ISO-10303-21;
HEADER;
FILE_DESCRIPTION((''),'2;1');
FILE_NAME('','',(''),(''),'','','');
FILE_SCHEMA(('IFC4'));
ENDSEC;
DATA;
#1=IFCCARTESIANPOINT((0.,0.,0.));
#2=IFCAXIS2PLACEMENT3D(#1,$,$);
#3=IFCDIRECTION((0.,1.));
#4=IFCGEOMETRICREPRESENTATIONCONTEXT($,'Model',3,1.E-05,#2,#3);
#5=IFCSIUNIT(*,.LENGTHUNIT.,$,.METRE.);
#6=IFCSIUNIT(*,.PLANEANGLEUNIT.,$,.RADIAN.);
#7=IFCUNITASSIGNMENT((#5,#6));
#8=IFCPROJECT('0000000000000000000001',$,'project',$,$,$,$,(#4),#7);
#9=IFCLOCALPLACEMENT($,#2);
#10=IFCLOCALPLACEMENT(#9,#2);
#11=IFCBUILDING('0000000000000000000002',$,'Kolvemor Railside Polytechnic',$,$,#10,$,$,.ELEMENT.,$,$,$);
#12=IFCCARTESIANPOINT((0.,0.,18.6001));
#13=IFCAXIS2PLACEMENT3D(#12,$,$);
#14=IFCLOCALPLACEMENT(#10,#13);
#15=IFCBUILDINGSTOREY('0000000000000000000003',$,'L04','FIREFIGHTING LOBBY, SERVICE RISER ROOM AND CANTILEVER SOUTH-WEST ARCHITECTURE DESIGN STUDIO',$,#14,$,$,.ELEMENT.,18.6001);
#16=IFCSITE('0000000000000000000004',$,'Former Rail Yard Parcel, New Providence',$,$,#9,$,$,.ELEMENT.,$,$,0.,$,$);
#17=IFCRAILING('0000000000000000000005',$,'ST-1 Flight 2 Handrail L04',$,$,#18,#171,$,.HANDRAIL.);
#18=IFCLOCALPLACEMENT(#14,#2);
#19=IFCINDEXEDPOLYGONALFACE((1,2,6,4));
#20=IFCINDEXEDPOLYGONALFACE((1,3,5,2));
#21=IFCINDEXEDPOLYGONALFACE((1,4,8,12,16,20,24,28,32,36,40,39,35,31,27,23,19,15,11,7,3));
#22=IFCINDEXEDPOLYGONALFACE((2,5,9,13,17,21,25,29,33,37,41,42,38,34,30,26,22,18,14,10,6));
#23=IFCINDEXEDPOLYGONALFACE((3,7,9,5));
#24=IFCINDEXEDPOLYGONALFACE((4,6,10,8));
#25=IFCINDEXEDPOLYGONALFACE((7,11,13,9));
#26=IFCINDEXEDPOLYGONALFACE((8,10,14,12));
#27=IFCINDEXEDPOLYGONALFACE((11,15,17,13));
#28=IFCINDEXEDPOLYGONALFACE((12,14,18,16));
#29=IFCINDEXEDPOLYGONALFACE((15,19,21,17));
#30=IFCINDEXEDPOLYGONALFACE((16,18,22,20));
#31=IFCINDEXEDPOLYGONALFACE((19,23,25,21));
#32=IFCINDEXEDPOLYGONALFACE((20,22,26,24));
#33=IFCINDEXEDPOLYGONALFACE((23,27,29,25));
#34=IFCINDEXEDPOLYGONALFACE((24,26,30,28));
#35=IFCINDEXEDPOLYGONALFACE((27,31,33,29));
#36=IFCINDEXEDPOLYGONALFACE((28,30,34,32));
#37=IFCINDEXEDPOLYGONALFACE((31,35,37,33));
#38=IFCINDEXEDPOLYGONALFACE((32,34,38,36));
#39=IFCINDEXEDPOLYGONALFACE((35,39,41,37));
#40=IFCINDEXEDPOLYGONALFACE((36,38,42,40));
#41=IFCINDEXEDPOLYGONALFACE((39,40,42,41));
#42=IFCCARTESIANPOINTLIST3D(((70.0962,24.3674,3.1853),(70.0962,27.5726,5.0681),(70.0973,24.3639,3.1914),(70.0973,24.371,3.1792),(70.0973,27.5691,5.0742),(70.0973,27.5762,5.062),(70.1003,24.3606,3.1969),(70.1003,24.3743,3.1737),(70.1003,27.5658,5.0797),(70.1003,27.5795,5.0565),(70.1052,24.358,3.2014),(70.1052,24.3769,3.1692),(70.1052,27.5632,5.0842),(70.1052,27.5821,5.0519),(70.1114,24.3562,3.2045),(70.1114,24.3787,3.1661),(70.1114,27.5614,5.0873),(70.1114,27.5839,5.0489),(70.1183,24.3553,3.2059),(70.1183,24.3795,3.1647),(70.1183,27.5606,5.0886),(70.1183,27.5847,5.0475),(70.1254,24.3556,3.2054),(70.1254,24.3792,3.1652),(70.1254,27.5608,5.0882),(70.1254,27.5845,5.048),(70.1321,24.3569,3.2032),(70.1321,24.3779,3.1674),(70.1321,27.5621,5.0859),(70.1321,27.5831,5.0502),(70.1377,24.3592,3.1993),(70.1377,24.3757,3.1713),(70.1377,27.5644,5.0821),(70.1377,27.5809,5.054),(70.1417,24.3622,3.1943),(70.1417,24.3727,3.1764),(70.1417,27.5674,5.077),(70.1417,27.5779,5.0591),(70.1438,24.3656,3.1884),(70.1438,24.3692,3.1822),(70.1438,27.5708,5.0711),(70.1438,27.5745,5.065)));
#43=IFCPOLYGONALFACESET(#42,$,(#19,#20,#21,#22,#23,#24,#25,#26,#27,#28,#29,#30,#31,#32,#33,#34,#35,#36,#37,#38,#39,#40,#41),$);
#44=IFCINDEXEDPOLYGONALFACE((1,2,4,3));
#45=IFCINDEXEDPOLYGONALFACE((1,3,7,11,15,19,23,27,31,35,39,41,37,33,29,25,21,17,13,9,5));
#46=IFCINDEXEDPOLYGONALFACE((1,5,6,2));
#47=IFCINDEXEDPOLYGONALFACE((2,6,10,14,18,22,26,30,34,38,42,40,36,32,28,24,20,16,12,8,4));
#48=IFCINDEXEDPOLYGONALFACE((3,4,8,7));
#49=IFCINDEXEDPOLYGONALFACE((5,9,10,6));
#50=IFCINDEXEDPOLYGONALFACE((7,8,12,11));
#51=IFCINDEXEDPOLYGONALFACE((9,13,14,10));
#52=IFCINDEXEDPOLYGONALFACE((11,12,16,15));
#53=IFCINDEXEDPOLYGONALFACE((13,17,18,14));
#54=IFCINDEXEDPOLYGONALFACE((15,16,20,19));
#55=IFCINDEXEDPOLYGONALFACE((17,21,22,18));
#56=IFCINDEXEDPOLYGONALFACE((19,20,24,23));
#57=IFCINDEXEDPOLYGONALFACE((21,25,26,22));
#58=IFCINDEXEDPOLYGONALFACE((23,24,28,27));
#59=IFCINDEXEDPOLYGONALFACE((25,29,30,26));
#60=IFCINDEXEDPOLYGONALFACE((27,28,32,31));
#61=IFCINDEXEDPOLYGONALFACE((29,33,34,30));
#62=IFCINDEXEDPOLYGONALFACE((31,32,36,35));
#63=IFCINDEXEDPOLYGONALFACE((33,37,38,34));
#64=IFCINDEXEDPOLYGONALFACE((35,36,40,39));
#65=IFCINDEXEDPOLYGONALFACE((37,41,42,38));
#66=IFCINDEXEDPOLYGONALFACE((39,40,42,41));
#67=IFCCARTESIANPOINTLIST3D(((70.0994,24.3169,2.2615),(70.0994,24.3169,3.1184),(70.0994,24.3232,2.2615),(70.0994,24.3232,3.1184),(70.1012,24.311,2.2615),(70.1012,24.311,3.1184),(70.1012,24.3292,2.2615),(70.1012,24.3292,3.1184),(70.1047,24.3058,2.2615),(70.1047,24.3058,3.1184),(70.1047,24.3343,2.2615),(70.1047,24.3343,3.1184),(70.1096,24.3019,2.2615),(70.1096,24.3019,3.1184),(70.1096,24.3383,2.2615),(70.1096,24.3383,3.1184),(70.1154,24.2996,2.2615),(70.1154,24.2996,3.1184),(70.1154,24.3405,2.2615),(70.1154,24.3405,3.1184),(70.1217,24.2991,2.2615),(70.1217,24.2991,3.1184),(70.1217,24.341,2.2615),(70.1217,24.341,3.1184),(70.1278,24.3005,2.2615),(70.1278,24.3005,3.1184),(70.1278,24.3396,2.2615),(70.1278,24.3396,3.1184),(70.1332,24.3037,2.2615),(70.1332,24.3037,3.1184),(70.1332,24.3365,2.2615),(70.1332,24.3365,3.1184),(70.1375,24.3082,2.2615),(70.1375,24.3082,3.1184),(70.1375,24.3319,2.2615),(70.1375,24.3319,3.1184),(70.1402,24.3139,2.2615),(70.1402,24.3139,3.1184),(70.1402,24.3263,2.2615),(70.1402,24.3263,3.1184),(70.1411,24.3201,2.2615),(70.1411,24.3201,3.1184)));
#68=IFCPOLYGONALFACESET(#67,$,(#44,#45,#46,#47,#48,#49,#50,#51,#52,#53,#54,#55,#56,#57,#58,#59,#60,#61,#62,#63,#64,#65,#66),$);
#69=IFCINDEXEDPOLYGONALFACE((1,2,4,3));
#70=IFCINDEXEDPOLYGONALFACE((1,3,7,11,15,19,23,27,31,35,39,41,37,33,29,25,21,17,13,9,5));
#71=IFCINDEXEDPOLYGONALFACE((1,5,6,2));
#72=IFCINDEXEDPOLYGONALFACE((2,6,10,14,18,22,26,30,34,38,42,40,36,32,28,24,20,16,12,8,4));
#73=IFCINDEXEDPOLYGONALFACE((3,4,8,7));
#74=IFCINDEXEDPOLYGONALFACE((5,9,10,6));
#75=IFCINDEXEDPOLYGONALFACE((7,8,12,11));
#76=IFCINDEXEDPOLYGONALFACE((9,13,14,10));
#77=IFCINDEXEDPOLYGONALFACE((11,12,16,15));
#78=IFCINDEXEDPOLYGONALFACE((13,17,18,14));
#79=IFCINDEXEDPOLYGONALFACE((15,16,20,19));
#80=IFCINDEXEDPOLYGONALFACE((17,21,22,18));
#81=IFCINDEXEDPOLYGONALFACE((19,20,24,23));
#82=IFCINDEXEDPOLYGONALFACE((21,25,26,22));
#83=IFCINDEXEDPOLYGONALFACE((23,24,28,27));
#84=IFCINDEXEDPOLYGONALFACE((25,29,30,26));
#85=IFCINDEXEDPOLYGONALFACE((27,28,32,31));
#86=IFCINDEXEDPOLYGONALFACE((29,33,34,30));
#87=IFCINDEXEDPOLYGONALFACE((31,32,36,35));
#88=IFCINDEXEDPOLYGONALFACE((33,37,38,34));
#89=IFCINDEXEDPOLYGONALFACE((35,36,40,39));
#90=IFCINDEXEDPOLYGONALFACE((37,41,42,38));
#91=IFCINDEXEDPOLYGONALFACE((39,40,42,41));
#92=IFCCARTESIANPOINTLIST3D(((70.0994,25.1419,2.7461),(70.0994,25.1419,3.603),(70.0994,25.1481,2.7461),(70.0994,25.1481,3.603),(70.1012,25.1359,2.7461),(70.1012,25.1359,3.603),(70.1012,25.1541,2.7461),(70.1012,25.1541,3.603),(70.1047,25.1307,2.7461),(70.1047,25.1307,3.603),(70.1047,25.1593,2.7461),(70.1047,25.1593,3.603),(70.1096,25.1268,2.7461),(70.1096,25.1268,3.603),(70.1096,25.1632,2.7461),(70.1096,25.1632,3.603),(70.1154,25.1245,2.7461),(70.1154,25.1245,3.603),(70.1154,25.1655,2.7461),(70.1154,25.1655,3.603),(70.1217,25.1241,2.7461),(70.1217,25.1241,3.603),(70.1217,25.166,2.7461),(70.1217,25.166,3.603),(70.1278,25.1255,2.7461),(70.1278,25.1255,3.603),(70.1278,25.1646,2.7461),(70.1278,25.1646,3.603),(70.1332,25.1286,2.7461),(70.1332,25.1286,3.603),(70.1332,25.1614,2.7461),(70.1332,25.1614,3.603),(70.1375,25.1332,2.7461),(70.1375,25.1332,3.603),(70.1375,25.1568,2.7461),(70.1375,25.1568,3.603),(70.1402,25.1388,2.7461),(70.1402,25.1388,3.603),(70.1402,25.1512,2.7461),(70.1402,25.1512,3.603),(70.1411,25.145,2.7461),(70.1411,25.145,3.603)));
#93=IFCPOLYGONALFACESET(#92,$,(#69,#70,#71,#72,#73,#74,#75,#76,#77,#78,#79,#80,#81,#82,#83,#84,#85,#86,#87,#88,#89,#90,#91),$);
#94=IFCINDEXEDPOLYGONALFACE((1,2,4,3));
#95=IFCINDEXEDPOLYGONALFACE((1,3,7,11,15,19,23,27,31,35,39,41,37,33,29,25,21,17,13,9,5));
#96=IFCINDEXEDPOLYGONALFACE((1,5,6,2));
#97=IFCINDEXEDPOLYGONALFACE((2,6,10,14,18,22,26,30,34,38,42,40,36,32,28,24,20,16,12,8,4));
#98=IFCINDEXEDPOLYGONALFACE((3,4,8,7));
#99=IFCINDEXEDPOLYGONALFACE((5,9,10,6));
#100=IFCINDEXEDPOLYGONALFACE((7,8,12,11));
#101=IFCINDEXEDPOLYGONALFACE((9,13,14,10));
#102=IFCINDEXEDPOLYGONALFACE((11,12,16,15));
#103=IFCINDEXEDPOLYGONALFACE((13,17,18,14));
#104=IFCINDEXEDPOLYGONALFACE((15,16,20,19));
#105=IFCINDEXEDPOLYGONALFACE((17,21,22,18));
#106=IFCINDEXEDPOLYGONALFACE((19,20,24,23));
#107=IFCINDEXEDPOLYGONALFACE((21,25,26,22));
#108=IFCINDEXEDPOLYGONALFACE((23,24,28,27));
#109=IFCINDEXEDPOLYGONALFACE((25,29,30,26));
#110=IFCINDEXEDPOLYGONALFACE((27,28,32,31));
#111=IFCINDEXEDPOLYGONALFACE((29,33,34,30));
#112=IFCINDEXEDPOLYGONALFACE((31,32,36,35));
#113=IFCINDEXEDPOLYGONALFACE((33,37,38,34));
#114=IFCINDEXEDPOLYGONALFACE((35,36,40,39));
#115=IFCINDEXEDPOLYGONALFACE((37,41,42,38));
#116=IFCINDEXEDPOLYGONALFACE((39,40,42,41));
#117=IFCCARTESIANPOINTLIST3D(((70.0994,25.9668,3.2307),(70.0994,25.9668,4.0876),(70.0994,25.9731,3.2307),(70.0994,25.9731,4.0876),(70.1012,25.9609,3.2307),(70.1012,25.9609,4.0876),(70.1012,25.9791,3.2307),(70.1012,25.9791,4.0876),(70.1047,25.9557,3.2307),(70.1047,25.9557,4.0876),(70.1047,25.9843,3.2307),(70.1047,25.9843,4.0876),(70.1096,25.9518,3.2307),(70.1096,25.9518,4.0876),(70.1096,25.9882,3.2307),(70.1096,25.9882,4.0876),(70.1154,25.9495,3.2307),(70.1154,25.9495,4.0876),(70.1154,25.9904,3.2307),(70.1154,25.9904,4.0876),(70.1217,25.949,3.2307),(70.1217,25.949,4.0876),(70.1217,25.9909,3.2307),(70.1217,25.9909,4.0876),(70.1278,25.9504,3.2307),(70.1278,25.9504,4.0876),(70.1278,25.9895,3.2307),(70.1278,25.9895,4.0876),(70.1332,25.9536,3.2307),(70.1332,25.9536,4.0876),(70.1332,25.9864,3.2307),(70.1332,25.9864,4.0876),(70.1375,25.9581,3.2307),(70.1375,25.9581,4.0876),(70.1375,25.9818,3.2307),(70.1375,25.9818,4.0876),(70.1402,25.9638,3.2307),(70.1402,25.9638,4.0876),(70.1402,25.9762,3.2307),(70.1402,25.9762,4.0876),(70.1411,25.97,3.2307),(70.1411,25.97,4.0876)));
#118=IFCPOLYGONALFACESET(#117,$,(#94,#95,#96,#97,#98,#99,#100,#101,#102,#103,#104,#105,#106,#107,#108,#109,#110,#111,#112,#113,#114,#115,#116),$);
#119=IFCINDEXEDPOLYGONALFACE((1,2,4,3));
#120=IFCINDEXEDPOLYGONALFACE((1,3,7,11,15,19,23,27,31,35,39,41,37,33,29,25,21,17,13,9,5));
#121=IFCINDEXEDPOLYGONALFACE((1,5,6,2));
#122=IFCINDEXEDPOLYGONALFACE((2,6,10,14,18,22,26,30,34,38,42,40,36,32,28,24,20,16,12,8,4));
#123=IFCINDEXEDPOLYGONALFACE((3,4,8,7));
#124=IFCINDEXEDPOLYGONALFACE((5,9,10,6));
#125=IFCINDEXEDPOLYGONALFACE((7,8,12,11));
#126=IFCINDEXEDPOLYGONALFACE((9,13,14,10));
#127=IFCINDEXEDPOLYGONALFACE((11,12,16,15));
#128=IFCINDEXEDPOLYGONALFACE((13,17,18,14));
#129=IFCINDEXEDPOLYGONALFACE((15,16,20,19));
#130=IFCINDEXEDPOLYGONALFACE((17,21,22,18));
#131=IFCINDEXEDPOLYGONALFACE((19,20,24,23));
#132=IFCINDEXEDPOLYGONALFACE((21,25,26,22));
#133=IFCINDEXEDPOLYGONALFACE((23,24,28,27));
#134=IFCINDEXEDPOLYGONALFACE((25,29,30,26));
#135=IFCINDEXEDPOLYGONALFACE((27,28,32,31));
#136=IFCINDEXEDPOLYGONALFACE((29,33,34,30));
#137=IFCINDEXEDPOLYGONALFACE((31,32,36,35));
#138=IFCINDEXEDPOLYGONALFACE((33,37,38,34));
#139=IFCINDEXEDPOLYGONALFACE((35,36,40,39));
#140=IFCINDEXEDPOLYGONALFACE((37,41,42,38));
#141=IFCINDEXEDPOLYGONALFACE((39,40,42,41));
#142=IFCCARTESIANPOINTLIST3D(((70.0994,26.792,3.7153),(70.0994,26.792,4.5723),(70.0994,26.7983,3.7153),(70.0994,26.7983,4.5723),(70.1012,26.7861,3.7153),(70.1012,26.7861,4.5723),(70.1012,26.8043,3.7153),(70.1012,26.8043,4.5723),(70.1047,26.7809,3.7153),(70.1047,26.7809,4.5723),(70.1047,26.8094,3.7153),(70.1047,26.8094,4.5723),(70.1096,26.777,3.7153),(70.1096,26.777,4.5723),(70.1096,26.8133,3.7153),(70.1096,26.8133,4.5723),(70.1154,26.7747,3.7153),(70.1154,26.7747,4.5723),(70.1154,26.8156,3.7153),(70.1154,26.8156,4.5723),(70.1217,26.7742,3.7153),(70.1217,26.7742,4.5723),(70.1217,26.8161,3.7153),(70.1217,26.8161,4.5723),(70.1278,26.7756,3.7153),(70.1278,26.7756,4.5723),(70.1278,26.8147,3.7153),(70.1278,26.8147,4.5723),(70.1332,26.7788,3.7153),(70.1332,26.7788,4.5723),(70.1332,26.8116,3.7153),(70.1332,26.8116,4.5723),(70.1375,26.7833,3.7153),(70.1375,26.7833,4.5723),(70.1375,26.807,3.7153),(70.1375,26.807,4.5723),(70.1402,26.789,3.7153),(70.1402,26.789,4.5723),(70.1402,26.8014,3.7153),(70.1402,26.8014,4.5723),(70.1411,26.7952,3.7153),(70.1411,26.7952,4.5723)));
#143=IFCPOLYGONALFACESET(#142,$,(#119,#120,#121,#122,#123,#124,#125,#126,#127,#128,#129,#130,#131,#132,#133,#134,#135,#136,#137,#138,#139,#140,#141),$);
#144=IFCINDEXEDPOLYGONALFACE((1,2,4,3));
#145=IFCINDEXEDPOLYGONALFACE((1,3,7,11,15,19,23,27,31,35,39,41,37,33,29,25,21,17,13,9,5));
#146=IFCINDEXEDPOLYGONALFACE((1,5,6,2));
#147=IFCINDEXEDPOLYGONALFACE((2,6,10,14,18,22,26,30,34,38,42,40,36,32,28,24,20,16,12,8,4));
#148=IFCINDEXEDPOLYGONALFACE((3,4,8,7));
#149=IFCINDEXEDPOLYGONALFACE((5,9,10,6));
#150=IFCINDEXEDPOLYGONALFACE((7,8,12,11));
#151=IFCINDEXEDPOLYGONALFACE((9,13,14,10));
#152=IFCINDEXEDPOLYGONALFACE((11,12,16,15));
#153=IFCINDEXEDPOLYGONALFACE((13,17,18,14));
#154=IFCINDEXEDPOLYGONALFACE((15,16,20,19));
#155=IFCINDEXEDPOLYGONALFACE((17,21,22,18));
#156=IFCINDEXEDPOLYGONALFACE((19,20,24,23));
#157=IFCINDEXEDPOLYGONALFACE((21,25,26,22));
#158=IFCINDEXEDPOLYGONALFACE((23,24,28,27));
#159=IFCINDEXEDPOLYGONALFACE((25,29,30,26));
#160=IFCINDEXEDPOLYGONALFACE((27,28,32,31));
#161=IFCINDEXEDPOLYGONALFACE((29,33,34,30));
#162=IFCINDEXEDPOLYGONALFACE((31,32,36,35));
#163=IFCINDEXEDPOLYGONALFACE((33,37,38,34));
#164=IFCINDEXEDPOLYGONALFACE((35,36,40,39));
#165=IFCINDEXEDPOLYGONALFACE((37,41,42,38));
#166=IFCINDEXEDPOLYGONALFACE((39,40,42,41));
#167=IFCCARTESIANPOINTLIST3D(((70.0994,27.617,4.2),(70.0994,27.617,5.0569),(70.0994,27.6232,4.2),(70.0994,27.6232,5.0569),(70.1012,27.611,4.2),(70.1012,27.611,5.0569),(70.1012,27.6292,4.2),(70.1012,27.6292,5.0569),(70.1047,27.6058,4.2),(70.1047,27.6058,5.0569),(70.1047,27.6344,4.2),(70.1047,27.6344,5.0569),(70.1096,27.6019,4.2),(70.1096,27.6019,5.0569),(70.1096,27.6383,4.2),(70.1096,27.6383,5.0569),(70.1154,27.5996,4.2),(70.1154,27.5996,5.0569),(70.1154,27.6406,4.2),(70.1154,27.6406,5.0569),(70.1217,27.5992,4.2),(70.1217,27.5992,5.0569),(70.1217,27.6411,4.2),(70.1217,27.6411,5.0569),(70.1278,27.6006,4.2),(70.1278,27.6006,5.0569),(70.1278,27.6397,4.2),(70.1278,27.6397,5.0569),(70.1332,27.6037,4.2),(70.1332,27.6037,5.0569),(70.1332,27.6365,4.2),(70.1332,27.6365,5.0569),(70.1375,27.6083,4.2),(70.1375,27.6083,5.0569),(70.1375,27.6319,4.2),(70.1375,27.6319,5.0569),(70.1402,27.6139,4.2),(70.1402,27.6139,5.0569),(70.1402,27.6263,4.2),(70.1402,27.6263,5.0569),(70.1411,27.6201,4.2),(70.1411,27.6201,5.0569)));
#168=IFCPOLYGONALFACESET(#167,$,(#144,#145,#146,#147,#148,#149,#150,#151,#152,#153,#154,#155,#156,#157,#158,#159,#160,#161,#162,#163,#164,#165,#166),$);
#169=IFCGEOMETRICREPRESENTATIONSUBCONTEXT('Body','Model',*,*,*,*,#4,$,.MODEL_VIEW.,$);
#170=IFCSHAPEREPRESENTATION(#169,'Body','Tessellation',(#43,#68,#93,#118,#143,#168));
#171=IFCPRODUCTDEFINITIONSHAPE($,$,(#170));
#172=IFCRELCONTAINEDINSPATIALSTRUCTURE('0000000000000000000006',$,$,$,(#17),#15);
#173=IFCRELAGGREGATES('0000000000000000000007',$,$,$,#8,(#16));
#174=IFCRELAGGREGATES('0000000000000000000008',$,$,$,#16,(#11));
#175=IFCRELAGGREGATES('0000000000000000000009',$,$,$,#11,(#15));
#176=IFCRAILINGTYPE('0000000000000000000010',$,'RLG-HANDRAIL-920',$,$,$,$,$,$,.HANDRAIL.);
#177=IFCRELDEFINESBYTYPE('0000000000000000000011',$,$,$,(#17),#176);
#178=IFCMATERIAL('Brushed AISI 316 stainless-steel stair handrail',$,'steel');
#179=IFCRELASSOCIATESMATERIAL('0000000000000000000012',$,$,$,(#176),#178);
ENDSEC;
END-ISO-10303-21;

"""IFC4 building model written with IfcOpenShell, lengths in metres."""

from ifc_helpers import new_model, si_unit, direction, frame, origin, origin_2d, place, context, subcontext, project, spatial, circle, extrude, material, type_object, element, save


model = new_model("IFC4")

# Units and contexts
model_context = context("Model", 3, precision=1e-05, world=origin(), true_north=direction((0.0, 1.0)))
body_context = subcontext(model_context, "Body", "Model", "MODEL_VIEW")
ifc_project = project(units=[si_unit("LENGTHUNIT", "METRE"), si_unit("PLANEANGLEUNIT", "RADIAN")], contexts=[model_context])

# Site, building, storey
site_placement = place(None, origin())
site = spatial("IfcSite", under=ifc_project, at=site_placement, Name="Former Rail Yard Parcel, New Providence", CompositionType="ELEMENT", RefElevation=0.0)
building_placement = place(site_placement, origin())
building = spatial("IfcBuilding", under=site, at=building_placement, Name="Kolvemor Railside Polytechnic", CompositionType="ELEMENT")
storey_placement = place(building_placement, frame((0.0, 0.0, 18.6001)))
storey = spatial("IfcBuildingStorey", under=building, at=storey_placement, Name="L04", Description="FIREFIGHTING LOBBY, SERVICE RISER ROOM AND CANTILEVER SOUTH-WEST ARCHITECTURE DESIGN STUDIO", CompositionType="ELEMENT", Elevation=18.6001)

# Railing
ifc_material_1 = material(Name="Brushed AISI 316 stainless-steel stair handrail", Category="steel")
railing_type_1 = type_object("IfcRailingType", Name="RLG-HANDRAIL-920", PredefinedType="HANDRAIL", material=ifc_material_1)
railing_1_placement = place(storey_placement, frame((70.1201, 24.3201, 2.2615)))
element("IfcRailing", 1, at=railing_1_placement, inside=storey, type_object=railing_type_1, Name="ST-1 Flight 2 Handrail L04", PredefinedType="HANDRAIL", context=body_context, shape_type="SweptSolid", body=[
    extrude(circle(Radius=0.0239, at=origin_2d()), frame((0.0, 0.0474, 0.9238), z_axis=(0.0, 0.862246, 0.50649), x_axis=(-1.0, 0.0, 0.0)), (0.0, 0.0, 1.0), 3.7173),
    extrude(circle(Radius=0.021, at=origin_2d()), origin(), (0.0, 0.0, 1.0), 0.8569),
    extrude(circle(Radius=0.021, at=origin_2d()), frame((0.0, 0.825, 0.4846)), (0.0, 0.0, 1.0), 0.8569),
    extrude(circle(Radius=0.021, at=origin_2d()), frame((0.0, 1.6499, 0.9692)), (0.0, 0.0, 1.0), 0.8569),
    extrude(circle(Radius=0.021, at=origin_2d()), frame((0.0, 2.4751, 1.4539)), (0.0, 0.0, 1.0), 0.8569),
    extrude(circle(Radius=0.021, at=origin_2d()), frame((0.0, 3.3, 1.9385)), (0.0, 0.0, 1.0), 0.8569),
])

save(model, "model.ifc")
